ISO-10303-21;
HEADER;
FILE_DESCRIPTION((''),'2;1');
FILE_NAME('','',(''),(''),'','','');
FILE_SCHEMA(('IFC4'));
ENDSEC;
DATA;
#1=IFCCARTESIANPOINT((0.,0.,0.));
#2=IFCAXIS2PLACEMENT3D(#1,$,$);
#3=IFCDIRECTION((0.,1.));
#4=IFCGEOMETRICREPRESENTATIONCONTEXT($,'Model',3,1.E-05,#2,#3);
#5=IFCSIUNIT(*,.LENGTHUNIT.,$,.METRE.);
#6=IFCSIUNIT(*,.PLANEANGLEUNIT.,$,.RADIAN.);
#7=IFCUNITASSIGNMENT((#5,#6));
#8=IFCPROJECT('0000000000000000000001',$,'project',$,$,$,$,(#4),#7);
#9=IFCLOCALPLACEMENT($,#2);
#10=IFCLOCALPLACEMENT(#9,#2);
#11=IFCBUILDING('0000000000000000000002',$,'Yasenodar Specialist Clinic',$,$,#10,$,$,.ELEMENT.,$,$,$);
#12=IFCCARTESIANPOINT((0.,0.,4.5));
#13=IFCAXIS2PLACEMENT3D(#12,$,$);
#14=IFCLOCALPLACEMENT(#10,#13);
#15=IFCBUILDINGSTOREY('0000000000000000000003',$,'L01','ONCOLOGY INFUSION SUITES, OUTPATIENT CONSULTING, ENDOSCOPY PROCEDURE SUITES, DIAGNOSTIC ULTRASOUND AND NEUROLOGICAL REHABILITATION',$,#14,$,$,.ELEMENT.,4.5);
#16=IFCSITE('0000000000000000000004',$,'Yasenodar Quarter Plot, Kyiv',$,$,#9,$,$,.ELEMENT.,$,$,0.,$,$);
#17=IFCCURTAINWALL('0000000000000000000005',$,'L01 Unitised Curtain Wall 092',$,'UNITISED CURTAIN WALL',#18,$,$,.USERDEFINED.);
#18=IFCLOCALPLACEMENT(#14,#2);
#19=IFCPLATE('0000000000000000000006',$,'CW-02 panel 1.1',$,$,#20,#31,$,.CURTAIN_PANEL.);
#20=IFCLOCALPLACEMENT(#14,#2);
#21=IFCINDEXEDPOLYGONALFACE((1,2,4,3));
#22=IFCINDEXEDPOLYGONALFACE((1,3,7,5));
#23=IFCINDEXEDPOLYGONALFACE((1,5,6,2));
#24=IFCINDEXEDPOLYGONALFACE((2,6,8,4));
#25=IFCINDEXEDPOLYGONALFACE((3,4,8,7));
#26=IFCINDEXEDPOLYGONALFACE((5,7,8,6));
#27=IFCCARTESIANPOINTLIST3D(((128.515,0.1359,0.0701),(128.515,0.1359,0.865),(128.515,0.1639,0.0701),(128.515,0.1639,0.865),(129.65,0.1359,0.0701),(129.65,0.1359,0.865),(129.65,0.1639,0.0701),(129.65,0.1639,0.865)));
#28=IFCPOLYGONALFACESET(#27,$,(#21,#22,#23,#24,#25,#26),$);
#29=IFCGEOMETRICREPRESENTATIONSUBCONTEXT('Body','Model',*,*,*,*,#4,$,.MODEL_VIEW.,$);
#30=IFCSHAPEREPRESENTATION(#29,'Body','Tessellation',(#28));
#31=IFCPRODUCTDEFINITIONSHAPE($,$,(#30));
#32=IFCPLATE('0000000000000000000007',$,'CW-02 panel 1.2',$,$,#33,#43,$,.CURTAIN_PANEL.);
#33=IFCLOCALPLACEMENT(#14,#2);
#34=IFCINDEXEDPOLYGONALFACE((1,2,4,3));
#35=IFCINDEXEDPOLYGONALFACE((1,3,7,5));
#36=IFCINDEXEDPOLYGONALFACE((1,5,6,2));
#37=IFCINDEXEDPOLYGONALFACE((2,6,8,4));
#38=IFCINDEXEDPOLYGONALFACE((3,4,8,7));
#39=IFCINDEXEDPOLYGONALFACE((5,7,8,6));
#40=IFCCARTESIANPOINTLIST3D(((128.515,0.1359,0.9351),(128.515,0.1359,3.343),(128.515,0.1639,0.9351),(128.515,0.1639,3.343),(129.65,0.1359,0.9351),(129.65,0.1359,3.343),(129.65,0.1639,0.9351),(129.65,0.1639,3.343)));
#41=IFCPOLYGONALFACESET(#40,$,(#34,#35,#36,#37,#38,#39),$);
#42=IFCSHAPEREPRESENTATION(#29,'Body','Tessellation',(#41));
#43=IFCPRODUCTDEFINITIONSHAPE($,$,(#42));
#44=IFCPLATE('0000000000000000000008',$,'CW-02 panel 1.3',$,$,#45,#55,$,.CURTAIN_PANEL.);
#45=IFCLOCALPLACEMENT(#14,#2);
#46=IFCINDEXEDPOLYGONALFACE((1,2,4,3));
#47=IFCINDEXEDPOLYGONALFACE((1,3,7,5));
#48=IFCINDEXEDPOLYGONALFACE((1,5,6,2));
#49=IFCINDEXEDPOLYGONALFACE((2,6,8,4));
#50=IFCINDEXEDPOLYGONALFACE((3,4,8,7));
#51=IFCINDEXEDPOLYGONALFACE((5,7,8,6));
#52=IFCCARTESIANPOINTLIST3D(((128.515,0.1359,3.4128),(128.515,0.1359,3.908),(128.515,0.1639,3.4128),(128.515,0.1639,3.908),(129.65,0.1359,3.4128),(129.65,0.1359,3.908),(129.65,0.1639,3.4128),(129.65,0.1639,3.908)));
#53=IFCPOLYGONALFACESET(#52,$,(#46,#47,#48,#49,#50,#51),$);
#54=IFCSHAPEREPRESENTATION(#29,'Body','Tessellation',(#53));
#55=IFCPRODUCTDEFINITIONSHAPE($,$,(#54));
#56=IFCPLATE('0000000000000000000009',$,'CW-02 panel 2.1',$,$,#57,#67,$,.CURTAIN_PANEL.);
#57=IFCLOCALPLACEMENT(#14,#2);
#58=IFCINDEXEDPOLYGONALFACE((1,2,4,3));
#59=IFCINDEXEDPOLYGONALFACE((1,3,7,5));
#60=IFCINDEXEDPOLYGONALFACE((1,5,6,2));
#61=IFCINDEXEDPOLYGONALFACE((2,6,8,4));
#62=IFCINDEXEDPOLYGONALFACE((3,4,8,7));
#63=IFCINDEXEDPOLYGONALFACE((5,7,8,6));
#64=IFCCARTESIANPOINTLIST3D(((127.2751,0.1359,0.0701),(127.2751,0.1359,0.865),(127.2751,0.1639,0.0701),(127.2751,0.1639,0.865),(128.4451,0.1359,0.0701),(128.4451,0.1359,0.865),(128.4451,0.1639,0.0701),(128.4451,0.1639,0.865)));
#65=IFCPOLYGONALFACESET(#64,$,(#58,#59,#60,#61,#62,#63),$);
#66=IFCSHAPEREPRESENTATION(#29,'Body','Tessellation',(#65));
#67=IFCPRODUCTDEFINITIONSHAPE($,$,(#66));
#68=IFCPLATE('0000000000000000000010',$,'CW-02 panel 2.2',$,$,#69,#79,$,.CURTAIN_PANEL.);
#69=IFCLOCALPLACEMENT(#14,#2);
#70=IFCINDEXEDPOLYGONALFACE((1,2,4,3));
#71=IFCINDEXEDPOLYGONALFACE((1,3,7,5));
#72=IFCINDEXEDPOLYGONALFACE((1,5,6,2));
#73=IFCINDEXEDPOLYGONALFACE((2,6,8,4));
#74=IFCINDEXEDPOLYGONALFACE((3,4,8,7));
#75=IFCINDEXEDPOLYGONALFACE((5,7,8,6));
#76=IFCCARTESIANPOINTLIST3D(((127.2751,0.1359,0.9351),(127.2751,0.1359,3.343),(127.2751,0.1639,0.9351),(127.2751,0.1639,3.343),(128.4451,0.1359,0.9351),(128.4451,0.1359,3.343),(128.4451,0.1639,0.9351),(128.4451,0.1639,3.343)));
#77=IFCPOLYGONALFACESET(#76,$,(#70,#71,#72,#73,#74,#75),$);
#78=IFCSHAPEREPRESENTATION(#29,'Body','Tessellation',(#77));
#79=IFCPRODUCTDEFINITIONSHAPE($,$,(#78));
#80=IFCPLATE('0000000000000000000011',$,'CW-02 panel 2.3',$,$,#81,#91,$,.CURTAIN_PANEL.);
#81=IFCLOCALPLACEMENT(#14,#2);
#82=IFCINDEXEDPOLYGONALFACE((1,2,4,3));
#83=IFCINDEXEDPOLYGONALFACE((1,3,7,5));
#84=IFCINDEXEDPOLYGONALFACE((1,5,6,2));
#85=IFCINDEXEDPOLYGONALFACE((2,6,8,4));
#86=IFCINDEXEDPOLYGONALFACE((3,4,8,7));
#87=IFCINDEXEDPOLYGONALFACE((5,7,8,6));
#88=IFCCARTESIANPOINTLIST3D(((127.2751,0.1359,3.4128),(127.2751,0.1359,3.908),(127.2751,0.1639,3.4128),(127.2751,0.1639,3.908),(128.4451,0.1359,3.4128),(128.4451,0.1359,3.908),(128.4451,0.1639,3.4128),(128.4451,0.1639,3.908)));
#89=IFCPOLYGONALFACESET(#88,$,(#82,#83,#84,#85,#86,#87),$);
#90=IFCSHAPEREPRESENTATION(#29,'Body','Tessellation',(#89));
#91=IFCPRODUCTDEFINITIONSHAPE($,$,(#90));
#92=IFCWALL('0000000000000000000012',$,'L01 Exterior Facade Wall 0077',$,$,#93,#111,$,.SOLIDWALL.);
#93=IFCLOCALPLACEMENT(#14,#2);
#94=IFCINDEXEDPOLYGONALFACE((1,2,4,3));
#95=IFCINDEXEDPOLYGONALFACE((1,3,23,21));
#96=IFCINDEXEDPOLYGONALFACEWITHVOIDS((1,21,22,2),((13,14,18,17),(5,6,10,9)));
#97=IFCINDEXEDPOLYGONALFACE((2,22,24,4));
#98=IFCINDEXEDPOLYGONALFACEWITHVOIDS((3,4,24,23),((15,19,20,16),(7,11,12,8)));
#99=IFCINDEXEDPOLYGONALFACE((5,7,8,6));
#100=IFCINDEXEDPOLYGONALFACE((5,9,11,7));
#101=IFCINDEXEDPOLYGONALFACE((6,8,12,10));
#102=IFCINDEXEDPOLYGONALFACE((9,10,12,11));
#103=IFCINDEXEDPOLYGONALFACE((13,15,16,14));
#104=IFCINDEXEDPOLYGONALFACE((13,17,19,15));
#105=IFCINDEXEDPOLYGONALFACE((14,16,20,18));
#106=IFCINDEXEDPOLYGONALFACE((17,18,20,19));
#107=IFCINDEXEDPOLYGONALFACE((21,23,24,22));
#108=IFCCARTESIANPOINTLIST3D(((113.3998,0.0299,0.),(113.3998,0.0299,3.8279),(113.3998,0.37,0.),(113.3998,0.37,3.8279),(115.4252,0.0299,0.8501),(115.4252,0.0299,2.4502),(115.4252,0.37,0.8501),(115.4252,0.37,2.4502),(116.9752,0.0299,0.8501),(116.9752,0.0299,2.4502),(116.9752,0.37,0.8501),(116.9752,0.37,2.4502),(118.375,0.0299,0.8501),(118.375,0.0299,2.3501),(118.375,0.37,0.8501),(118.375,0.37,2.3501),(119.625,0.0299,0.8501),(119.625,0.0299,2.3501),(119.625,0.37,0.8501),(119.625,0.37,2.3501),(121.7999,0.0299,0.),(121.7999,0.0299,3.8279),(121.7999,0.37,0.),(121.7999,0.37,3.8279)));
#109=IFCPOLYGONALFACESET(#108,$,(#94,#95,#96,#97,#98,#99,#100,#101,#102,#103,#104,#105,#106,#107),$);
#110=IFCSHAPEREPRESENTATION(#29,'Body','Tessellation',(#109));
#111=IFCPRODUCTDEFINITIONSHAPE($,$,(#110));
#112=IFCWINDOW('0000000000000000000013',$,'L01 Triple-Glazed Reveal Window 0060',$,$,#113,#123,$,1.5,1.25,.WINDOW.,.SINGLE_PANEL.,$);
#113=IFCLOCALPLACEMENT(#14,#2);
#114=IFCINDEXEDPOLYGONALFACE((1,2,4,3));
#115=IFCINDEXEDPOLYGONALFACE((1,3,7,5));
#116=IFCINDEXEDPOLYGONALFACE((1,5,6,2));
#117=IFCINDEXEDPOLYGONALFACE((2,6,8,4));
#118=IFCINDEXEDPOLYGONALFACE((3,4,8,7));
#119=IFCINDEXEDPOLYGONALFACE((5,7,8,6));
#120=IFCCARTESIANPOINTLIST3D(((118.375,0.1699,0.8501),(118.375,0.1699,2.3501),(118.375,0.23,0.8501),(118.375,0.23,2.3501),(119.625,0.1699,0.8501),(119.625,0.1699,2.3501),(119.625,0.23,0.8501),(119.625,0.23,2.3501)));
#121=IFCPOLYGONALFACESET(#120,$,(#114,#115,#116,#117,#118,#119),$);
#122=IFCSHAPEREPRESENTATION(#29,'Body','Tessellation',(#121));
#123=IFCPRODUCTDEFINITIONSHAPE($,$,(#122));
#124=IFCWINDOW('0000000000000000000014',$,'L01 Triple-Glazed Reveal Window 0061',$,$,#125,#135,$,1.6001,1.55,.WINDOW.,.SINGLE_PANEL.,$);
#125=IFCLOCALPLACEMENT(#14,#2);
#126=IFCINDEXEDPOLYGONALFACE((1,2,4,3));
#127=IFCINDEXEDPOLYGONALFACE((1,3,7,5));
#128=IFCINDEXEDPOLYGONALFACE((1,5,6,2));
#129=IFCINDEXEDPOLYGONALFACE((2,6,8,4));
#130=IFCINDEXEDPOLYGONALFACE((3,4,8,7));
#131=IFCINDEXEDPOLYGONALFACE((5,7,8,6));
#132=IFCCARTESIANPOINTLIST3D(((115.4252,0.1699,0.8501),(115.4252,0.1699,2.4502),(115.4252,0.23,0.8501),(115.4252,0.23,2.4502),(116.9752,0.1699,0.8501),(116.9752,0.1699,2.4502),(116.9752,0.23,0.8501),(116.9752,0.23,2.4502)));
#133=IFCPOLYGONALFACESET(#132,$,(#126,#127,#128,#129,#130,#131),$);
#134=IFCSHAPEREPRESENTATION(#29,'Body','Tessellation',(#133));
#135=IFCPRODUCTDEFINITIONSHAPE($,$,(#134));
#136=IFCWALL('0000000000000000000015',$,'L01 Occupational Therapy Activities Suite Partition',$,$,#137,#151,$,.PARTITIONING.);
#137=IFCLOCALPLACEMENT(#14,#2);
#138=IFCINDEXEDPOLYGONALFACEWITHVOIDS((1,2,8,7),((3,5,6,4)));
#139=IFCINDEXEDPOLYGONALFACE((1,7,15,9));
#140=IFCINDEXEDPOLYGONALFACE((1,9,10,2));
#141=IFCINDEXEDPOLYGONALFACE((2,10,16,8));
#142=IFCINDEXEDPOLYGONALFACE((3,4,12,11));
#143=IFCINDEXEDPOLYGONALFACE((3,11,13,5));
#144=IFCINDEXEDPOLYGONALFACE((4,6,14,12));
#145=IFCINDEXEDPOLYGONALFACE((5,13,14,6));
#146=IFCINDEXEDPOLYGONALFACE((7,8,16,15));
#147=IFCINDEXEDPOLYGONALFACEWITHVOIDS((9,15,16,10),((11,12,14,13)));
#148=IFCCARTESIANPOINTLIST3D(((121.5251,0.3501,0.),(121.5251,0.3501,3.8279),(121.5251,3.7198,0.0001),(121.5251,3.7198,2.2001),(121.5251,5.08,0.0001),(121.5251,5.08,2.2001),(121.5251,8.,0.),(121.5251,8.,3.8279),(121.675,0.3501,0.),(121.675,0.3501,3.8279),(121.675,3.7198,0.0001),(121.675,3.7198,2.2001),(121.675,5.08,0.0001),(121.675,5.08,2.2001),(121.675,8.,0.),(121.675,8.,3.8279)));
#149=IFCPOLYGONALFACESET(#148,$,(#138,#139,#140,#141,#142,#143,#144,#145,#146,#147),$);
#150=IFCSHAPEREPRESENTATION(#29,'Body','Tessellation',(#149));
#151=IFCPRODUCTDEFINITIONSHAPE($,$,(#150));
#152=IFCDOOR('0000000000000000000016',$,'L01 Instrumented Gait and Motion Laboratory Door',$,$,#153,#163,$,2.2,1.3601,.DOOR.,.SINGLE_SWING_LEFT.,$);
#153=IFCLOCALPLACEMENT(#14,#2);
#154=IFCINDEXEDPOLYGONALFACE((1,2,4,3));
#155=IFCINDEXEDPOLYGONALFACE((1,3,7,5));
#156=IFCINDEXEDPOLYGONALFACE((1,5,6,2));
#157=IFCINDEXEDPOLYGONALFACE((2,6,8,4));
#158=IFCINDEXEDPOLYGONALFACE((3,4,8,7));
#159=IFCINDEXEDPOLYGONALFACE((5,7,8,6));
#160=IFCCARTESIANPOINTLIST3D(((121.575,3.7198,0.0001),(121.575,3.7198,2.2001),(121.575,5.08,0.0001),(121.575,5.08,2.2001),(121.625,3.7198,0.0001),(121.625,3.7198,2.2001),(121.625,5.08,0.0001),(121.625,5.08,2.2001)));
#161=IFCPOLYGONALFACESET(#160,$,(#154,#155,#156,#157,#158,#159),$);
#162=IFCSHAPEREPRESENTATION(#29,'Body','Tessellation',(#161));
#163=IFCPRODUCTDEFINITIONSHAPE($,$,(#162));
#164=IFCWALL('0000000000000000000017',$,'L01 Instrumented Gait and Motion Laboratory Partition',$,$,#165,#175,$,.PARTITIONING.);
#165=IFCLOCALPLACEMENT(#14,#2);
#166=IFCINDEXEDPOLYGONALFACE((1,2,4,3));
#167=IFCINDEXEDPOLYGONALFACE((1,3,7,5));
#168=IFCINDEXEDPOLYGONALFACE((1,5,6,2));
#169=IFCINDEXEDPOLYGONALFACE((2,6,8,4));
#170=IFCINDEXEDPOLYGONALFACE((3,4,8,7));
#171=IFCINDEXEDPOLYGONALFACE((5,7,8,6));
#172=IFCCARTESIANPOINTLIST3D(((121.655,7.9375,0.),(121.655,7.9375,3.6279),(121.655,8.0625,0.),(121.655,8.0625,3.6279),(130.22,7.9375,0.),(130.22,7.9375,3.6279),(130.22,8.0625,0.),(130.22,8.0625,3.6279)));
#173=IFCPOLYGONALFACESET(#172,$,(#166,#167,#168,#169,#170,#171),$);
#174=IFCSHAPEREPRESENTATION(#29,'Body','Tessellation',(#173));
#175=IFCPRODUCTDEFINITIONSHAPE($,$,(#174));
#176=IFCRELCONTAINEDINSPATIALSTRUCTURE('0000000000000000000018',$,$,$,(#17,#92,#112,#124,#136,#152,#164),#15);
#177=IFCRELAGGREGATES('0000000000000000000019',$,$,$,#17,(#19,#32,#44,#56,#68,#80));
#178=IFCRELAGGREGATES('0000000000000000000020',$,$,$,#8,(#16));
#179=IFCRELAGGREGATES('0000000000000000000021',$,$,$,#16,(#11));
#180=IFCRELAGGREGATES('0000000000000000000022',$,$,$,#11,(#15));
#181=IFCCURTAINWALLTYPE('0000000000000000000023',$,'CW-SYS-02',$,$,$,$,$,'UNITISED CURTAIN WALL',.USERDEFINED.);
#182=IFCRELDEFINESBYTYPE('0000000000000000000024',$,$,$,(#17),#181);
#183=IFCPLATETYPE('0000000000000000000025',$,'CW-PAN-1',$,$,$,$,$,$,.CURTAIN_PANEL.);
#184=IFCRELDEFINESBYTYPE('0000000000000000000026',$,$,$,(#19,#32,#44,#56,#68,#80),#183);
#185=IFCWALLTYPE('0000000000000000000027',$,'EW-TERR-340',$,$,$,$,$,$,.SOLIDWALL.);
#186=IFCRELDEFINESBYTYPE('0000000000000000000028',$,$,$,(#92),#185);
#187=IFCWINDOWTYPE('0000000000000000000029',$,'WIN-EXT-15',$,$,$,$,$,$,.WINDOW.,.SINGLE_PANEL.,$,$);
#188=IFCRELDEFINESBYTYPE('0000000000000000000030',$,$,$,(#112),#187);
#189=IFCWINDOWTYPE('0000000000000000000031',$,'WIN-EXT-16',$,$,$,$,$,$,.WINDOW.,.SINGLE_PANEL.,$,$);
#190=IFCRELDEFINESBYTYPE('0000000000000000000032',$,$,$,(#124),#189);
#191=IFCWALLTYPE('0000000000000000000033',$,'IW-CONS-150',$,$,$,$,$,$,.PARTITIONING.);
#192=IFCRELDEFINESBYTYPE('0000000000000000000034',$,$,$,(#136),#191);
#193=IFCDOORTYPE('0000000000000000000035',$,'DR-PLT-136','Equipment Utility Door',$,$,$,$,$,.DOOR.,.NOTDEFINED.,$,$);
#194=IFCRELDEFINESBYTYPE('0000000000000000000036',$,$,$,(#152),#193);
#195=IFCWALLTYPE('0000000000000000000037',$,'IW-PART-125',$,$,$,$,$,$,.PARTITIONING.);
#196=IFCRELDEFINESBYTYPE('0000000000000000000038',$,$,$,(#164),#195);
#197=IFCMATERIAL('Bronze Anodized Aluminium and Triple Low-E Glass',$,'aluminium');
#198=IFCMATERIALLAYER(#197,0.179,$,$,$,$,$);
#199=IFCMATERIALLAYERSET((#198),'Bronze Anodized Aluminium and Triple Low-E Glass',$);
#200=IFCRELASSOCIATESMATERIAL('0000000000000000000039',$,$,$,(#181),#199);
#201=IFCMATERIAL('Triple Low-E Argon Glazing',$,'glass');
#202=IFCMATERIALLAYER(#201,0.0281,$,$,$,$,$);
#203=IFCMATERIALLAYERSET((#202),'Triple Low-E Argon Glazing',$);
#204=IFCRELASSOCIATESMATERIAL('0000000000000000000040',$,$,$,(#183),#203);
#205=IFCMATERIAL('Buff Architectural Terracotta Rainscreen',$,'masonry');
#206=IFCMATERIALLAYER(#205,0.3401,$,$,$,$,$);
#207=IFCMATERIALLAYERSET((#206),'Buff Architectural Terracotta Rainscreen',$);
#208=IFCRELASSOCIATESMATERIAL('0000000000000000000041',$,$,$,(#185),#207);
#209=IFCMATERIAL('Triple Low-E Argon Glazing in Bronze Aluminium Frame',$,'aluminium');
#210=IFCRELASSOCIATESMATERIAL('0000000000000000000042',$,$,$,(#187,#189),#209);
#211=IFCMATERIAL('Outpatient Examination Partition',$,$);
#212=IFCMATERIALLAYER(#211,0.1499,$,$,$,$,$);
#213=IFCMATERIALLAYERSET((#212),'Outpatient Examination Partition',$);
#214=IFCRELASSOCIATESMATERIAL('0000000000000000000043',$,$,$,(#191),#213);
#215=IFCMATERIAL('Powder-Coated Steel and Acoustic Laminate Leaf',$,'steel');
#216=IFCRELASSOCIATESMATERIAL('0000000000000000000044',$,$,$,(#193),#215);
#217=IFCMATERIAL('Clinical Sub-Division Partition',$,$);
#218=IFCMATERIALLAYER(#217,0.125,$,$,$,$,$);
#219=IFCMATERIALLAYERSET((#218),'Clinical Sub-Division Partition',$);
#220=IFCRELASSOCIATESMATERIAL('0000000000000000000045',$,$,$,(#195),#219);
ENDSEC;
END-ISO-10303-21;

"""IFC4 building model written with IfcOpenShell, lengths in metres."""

from ifc_helpers import new_model, si_unit, direction, frame, frame_2d, origin, origin_2d, place, context, subcontext, project, spatial, rectangle, extrude, material, layer, layer_set, type_object, element, fill, aggregate, save


model = new_model("IFC4")

# Units and contexts
model_context = context("Model", 3, precision=1e-05, world=origin(), true_north=direction((0.0, 1.0)))
body_context = subcontext(model_context, "Body", "Model", "MODEL_VIEW")
ifc_project = project(units=[si_unit("LENGTHUNIT", "METRE"), si_unit("PLANEANGLEUNIT", "RADIAN")], contexts=[model_context])

# Site, building, storey
site_placement = place(None, origin())
site = spatial("IfcSite", under=ifc_project, at=site_placement, Name="Yasenodar Quarter Plot, Kyiv", CompositionType="ELEMENT", RefElevation=0.0)
building_placement = place(site_placement, origin())
building = spatial("IfcBuilding", under=site, at=building_placement, Name="Yasenodar Specialist Clinic", CompositionType="ELEMENT")
storey_placement = place(building_placement, frame((0.0, 0.0, 4.5)))
storey = spatial("IfcBuildingStorey", under=building, at=storey_placement, Name="L01", Description="ONCOLOGY INFUSION SUITES, OUTPATIENT CONSULTING, ENDOSCOPY PROCEDURE SUITES, DIAGNOSTIC ULTRASOUND AND NEUROLOGICAL REHABILITATION", CompositionType="ELEMENT", Elevation=4.5)

# Curtain wall, plates
ifc_material_1 = material(Name="Bronze Anodized Aluminium and Triple Low-E Glass", Category="aluminium")
ifc_layer_1 = layer(ifc_material_1, 0.179)
ifc_layer_set_1 = layer_set([ifc_layer_1], Name="Bronze Anodized Aluminium and Triple Low-E Glass")
curtain_wall_type = type_object("IfcCurtainWallType", Name="CW-SYS-02", ElementType="UNITISED CURTAIN WALL", PredefinedType="USERDEFINED", material=ifc_layer_set_1)
curtain_wall_placement = place(storey_placement, origin())
curtain_wall = element("IfcCurtainWall", 1, at=curtain_wall_placement, inside=storey, type_object=curtain_wall_type, Name="L01 Unitised Curtain Wall 092", ObjectType="UNITISED CURTAIN WALL", PredefinedType="USERDEFINED")
ifc_material_2 = material(Name="Triple Low-E Argon Glazing", Category="glass")
ifc_layer_2 = layer(ifc_material_2, 0.0281)
ifc_layer_set_2 = layer_set([ifc_layer_2], Name="Triple Low-E Argon Glazing")
plate_type = type_object("IfcPlateType", Name="CW-PAN-1", PredefinedType="CURTAIN_PANEL", material=ifc_layer_set_2)
plate_1_placement = place(storey_placement, frame((129.0825, 0.1499, 0.0701), z_axis=(0.0, 0.0, 1.0), x_axis=(-1.0, 0.0, 0.0)))
plate_1 = element("IfcPlate", 2, at=plate_1_placement, type_object=plate_type, Name="CW-02 panel 1.1", PredefinedType="CURTAIN_PANEL", context=body_context, shape_type="SweptSolid", body=[
    extrude(rectangle(XDim=1.135, YDim=0.0281, at=origin_2d()), origin(), (0.0, 0.0, 1.0), 0.7949),
])
plate_2_placement = place(storey_placement, frame((129.0825, 0.1499, 0.9351), z_axis=(0.0, 0.0, 1.0), x_axis=(-1.0, 0.0, 0.0)))
plate_2 = element("IfcPlate", 3, at=plate_2_placement, type_object=plate_type, Name="CW-02 panel 1.2", PredefinedType="CURTAIN_PANEL", context=body_context, shape_type="SweptSolid", body=[
    extrude(rectangle(XDim=1.135, YDim=0.0281, at=origin_2d()), origin(), (0.0, 0.0, 1.0), 2.408),
])
plate_3_placement = place(storey_placement, frame((129.0825, 0.1499, 3.4128), z_axis=(0.0, 0.0, 1.0), x_axis=(-1.0, 0.0, 0.0)))
plate_3 = element("IfcPlate", 4, at=plate_3_placement, type_object=plate_type, Name="CW-02 panel 1.3", PredefinedType="CURTAIN_PANEL", context=body_context, shape_type="SweptSolid", body=[
    extrude(rectangle(XDim=1.135, YDim=0.0281, at=origin_2d()), origin(), (0.0, 0.0, 1.0), 0.4951),
])
plate_4_placement = place(storey_placement, frame((127.8601, 0.1499, 0.0701), z_axis=(0.0, 0.0, 1.0), x_axis=(-1.0, 0.0, 0.0)))
plate_4 = element("IfcPlate", 5, at=plate_4_placement, type_object=plate_type, Name="CW-02 panel 2.1", PredefinedType="CURTAIN_PANEL", context=body_context, shape_type="SweptSolid", body=[
    extrude(rectangle(XDim=1.1699, YDim=0.0281, at=origin_2d()), origin(), (0.0, 0.0, 1.0), 0.7949),
])
plate_5_placement = place(storey_placement, frame((127.8601, 0.1499, 0.9351), z_axis=(0.0, 0.0, 1.0), x_axis=(-1.0, 0.0, 0.0)))
plate_5 = element("IfcPlate", 6, at=plate_5_placement, type_object=plate_type, Name="CW-02 panel 2.2", PredefinedType="CURTAIN_PANEL", context=body_context, shape_type="SweptSolid", body=[
    extrude(rectangle(XDim=1.1699, YDim=0.0281, at=origin_2d()), origin(), (0.0, 0.0, 1.0), 2.408),
])
plate_6_placement = place(storey_placement, frame((127.8601, 0.1499, 3.4128), z_axis=(0.0, 0.0, 1.0), x_axis=(-1.0, 0.0, 0.0)))
plate_6 = element("IfcPlate", 7, at=plate_6_placement, type_object=plate_type, Name="CW-02 panel 2.3", PredefinedType="CURTAIN_PANEL", context=body_context, shape_type="SweptSolid", body=[
    extrude(rectangle(XDim=1.1699, YDim=0.0281, at=origin_2d()), origin(), (0.0, 0.0, 1.0), 0.4951),
])
aggregate(curtain_wall, [plate_1, plate_2, plate_3, plate_4, plate_5, plate_6])

# Wall, openings, windows
ifc_material_3 = material(Name="Buff Architectural Terracotta Rainscreen", Category="masonry")
ifc_layer_3 = layer(ifc_material_3, 0.3401)
ifc_layer_set_3 = layer_set([ifc_layer_3], Name="Buff Architectural Terracotta Rainscreen")
wall_type_1 = type_object("IfcWallType", Name="EW-TERR-340", PredefinedType="SOLIDWALL", material=ifc_layer_set_3)
wall_1_placement = place(storey_placement, frame((121.8, 0.2, 0.0), z_axis=(0.0, 0.0, 1.0), x_axis=(-1.0, 0.0, 0.0)))
wall_1 = element("IfcWall", 8, at=wall_1_placement, inside=storey, type_object=wall_type_1, Name="L01 Exterior Facade Wall 0077", PredefinedType="SOLIDWALL", context=body_context, shape_type="SweptSolid", body=[
    extrude(rectangle(XDim=8.4001, YDim=0.3401, at=frame_2d((4.2002, 0.0))), origin(), (0.0, 0.0, 1.0), 3.8279),
])
opening_1_placement = place(wall_1_placement, frame((2.175, 0.0, 0.8501)))
opening_1 = element("IfcOpeningElement", 9, at=opening_1_placement, cuts=wall_1, PredefinedType="OPENING", context=body_context, shape_type="SweptSolid", body=[
    extrude(rectangle(XDim=1.25, YDim=1.5, at=frame_2d((0.625, 0.75))), frame((0.0, 0.1802, 0.0), z_axis=(0.0, -1.0, 0.0), x_axis=(1.0, 0.0, 0.0)), (0.0, 0.0, 1.0), 0.3601),
])
opening_2_placement = place(wall_1_placement, frame((4.825, 0.0, 0.8501)))
opening_2 = element("IfcOpeningElement", 10, at=opening_2_placement, cuts=wall_1, PredefinedType="OPENING", context=body_context, shape_type="SweptSolid", body=[
    extrude(rectangle(XDim=1.55, YDim=1.6001, at=frame_2d((0.7749, 0.8))), frame((0.0, 0.1802, 0.0), z_axis=(0.0, -1.0, 0.0), x_axis=(1.0, 0.0, 0.0)), (0.0, 0.0, 1.0), 0.3601),
])
ifc_material_4 = material(Name="Triple Low-E Argon Glazing in Bronze Aluminium Frame", Category="aluminium")
window_type_1 = type_object("IfcWindowType", Name="WIN-EXT-15", PartitioningType="SINGLE_PANEL", PredefinedType="WINDOW", material=ifc_material_4)
window_1_placement = place(opening_1_placement, origin())
window_1 = element("IfcWindow", 11, at=window_1_placement, inside=storey, type_object=window_type_1, Name="L01 Triple-Glazed Reveal Window 0060", OverallHeight=1.5, OverallWidth=1.25, PartitioningType="SINGLE_PANEL", PredefinedType="WINDOW", context=body_context, shape_type="SweptSolid", body=[
    extrude(rectangle(XDim=1.25, YDim=1.5, at=frame_2d((0.625, 0.75))), frame((0.0, 0.03, 0.0), z_axis=(0.0, -1.0, 0.0), x_axis=(1.0, 0.0, 0.0)), (0.0, 0.0, 1.0), 0.0601),
])
fill(opening_1, window_1)
window_type_2 = type_object("IfcWindowType", Name="WIN-EXT-16", PartitioningType="SINGLE_PANEL", PredefinedType="WINDOW", material=ifc_material_4)
window_2_placement = place(opening_2_placement, origin())
window_2 = element("IfcWindow", 12, at=window_2_placement, inside=storey, type_object=window_type_2, Name="L01 Triple-Glazed Reveal Window 0061", OverallHeight=1.6001, OverallWidth=1.55, PartitioningType="SINGLE_PANEL", PredefinedType="WINDOW", context=body_context, shape_type="SweptSolid", body=[
    extrude(rectangle(XDim=1.55, YDim=1.6001, at=frame_2d((0.7749, 0.8))), frame((0.0, 0.03, 0.0), z_axis=(0.0, -1.0, 0.0), x_axis=(1.0, 0.0, 0.0)), (0.0, 0.0, 1.0), 0.0601),
])
fill(opening_2, window_2)

# Wall, opening, door
ifc_material_5 = material(Name="Outpatient Examination Partition")
ifc_layer_4 = layer(ifc_material_5, 0.1499)
ifc_layer_set_4 = layer_set([ifc_layer_4], Name="Outpatient Examination Partition")
wall_type_2 = type_object("IfcWallType", Name="IW-CONS-150", PredefinedType="PARTITIONING", material=ifc_layer_set_4)
wall_2_placement = place(storey_placement, frame((121.6001, 8.0, 0.0), z_axis=(0.0, 0.0, 1.0), x_axis=(0.0, -1.0, 0.0)))
wall_2 = element("IfcWall", 13, at=wall_2_placement, inside=storey, type_object=wall_type_2, Name="L01 Occupational Therapy Activities Suite Partition", PredefinedType="PARTITIONING", context=body_context, shape_type="SweptSolid", body=[
    extrude(rectangle(XDim=7.6499, YDim=0.1499, at=frame_2d((3.825, 0.0))), origin(), (0.0, 0.0, 1.0), 3.8279),
])
opening_3_placement = place(wall_2_placement, frame((2.9199, 0.0, 0.0)))
opening_3 = element("IfcOpeningElement", 14, at=opening_3_placement, cuts=wall_2, PredefinedType="OPENING", context=body_context, shape_type="SweptSolid", body=[
    extrude(rectangle(XDim=1.3601, YDim=2.2, at=frame_2d((0.6802, 1.1001))), frame((0.0, 0.085, 0.0), z_axis=(0.0, -1.0, 0.0), x_axis=(1.0, 0.0, 0.0)), (0.0, 0.0, 1.0), 0.1699),
])
ifc_material_6 = material(Name="Powder-Coated Steel and Acoustic Laminate Leaf", Category="steel")
door_type_1 = type_object("IfcDoorType", Name="DR-PLT-136", Description="Equipment Utility Door", OperationType="NOTDEFINED", PredefinedType="DOOR", material=ifc_material_6)
door_1_placement = place(opening_3_placement, origin())
door_1 = element("IfcDoor", 15, at=door_1_placement, inside=storey, type_object=door_type_1, Name="L01 Instrumented Gait and Motion Laboratory Door", OperationType="SINGLE_SWING_LEFT", OverallHeight=2.2, OverallWidth=1.3601, PredefinedType="DOOR", context=body_context, shape_type="SweptSolid", body=[
    extrude(rectangle(XDim=1.3601, YDim=2.2, at=frame_2d((0.6802, 1.1001))), frame((0.0, 0.0249, 0.0), z_axis=(0.0, -1.0, 0.0), x_axis=(1.0, 0.0, 0.0)), (0.0, 0.0, 1.0), 0.05),
])
fill(opening_3, door_1)

# Wall
ifc_material_7 = material(Name="Clinical Sub-Division Partition")
ifc_layer_5 = layer(ifc_material_7, 0.125)
ifc_layer_set_5 = layer_set([ifc_layer_5], Name="Clinical Sub-Division Partition")
wall_type_3 = type_object("IfcWallType", Name="IW-PART-125", PredefinedType="PARTITIONING", material=ifc_layer_set_5)
wall_3_placement = place(storey_placement, frame((121.655, 8.0, 0.0), z_axis=(0.0, 0.0, 1.0), x_axis=(1.0, 0.0, 0.0)))
element("IfcWall", 16, at=wall_3_placement, inside=storey, type_object=wall_type_3, Name="L01 Instrumented Gait and Motion Laboratory Partition", PredefinedType="PARTITIONING", context=body_context, shape_type="SweptSolid", body=[
    extrude(rectangle(XDim=8.5649, YDim=0.125, at=frame_2d((4.2825, 0.0))), origin(), (0.0, 0.0, 1.0), 3.6279),
])

save(model, "model.ifc")
